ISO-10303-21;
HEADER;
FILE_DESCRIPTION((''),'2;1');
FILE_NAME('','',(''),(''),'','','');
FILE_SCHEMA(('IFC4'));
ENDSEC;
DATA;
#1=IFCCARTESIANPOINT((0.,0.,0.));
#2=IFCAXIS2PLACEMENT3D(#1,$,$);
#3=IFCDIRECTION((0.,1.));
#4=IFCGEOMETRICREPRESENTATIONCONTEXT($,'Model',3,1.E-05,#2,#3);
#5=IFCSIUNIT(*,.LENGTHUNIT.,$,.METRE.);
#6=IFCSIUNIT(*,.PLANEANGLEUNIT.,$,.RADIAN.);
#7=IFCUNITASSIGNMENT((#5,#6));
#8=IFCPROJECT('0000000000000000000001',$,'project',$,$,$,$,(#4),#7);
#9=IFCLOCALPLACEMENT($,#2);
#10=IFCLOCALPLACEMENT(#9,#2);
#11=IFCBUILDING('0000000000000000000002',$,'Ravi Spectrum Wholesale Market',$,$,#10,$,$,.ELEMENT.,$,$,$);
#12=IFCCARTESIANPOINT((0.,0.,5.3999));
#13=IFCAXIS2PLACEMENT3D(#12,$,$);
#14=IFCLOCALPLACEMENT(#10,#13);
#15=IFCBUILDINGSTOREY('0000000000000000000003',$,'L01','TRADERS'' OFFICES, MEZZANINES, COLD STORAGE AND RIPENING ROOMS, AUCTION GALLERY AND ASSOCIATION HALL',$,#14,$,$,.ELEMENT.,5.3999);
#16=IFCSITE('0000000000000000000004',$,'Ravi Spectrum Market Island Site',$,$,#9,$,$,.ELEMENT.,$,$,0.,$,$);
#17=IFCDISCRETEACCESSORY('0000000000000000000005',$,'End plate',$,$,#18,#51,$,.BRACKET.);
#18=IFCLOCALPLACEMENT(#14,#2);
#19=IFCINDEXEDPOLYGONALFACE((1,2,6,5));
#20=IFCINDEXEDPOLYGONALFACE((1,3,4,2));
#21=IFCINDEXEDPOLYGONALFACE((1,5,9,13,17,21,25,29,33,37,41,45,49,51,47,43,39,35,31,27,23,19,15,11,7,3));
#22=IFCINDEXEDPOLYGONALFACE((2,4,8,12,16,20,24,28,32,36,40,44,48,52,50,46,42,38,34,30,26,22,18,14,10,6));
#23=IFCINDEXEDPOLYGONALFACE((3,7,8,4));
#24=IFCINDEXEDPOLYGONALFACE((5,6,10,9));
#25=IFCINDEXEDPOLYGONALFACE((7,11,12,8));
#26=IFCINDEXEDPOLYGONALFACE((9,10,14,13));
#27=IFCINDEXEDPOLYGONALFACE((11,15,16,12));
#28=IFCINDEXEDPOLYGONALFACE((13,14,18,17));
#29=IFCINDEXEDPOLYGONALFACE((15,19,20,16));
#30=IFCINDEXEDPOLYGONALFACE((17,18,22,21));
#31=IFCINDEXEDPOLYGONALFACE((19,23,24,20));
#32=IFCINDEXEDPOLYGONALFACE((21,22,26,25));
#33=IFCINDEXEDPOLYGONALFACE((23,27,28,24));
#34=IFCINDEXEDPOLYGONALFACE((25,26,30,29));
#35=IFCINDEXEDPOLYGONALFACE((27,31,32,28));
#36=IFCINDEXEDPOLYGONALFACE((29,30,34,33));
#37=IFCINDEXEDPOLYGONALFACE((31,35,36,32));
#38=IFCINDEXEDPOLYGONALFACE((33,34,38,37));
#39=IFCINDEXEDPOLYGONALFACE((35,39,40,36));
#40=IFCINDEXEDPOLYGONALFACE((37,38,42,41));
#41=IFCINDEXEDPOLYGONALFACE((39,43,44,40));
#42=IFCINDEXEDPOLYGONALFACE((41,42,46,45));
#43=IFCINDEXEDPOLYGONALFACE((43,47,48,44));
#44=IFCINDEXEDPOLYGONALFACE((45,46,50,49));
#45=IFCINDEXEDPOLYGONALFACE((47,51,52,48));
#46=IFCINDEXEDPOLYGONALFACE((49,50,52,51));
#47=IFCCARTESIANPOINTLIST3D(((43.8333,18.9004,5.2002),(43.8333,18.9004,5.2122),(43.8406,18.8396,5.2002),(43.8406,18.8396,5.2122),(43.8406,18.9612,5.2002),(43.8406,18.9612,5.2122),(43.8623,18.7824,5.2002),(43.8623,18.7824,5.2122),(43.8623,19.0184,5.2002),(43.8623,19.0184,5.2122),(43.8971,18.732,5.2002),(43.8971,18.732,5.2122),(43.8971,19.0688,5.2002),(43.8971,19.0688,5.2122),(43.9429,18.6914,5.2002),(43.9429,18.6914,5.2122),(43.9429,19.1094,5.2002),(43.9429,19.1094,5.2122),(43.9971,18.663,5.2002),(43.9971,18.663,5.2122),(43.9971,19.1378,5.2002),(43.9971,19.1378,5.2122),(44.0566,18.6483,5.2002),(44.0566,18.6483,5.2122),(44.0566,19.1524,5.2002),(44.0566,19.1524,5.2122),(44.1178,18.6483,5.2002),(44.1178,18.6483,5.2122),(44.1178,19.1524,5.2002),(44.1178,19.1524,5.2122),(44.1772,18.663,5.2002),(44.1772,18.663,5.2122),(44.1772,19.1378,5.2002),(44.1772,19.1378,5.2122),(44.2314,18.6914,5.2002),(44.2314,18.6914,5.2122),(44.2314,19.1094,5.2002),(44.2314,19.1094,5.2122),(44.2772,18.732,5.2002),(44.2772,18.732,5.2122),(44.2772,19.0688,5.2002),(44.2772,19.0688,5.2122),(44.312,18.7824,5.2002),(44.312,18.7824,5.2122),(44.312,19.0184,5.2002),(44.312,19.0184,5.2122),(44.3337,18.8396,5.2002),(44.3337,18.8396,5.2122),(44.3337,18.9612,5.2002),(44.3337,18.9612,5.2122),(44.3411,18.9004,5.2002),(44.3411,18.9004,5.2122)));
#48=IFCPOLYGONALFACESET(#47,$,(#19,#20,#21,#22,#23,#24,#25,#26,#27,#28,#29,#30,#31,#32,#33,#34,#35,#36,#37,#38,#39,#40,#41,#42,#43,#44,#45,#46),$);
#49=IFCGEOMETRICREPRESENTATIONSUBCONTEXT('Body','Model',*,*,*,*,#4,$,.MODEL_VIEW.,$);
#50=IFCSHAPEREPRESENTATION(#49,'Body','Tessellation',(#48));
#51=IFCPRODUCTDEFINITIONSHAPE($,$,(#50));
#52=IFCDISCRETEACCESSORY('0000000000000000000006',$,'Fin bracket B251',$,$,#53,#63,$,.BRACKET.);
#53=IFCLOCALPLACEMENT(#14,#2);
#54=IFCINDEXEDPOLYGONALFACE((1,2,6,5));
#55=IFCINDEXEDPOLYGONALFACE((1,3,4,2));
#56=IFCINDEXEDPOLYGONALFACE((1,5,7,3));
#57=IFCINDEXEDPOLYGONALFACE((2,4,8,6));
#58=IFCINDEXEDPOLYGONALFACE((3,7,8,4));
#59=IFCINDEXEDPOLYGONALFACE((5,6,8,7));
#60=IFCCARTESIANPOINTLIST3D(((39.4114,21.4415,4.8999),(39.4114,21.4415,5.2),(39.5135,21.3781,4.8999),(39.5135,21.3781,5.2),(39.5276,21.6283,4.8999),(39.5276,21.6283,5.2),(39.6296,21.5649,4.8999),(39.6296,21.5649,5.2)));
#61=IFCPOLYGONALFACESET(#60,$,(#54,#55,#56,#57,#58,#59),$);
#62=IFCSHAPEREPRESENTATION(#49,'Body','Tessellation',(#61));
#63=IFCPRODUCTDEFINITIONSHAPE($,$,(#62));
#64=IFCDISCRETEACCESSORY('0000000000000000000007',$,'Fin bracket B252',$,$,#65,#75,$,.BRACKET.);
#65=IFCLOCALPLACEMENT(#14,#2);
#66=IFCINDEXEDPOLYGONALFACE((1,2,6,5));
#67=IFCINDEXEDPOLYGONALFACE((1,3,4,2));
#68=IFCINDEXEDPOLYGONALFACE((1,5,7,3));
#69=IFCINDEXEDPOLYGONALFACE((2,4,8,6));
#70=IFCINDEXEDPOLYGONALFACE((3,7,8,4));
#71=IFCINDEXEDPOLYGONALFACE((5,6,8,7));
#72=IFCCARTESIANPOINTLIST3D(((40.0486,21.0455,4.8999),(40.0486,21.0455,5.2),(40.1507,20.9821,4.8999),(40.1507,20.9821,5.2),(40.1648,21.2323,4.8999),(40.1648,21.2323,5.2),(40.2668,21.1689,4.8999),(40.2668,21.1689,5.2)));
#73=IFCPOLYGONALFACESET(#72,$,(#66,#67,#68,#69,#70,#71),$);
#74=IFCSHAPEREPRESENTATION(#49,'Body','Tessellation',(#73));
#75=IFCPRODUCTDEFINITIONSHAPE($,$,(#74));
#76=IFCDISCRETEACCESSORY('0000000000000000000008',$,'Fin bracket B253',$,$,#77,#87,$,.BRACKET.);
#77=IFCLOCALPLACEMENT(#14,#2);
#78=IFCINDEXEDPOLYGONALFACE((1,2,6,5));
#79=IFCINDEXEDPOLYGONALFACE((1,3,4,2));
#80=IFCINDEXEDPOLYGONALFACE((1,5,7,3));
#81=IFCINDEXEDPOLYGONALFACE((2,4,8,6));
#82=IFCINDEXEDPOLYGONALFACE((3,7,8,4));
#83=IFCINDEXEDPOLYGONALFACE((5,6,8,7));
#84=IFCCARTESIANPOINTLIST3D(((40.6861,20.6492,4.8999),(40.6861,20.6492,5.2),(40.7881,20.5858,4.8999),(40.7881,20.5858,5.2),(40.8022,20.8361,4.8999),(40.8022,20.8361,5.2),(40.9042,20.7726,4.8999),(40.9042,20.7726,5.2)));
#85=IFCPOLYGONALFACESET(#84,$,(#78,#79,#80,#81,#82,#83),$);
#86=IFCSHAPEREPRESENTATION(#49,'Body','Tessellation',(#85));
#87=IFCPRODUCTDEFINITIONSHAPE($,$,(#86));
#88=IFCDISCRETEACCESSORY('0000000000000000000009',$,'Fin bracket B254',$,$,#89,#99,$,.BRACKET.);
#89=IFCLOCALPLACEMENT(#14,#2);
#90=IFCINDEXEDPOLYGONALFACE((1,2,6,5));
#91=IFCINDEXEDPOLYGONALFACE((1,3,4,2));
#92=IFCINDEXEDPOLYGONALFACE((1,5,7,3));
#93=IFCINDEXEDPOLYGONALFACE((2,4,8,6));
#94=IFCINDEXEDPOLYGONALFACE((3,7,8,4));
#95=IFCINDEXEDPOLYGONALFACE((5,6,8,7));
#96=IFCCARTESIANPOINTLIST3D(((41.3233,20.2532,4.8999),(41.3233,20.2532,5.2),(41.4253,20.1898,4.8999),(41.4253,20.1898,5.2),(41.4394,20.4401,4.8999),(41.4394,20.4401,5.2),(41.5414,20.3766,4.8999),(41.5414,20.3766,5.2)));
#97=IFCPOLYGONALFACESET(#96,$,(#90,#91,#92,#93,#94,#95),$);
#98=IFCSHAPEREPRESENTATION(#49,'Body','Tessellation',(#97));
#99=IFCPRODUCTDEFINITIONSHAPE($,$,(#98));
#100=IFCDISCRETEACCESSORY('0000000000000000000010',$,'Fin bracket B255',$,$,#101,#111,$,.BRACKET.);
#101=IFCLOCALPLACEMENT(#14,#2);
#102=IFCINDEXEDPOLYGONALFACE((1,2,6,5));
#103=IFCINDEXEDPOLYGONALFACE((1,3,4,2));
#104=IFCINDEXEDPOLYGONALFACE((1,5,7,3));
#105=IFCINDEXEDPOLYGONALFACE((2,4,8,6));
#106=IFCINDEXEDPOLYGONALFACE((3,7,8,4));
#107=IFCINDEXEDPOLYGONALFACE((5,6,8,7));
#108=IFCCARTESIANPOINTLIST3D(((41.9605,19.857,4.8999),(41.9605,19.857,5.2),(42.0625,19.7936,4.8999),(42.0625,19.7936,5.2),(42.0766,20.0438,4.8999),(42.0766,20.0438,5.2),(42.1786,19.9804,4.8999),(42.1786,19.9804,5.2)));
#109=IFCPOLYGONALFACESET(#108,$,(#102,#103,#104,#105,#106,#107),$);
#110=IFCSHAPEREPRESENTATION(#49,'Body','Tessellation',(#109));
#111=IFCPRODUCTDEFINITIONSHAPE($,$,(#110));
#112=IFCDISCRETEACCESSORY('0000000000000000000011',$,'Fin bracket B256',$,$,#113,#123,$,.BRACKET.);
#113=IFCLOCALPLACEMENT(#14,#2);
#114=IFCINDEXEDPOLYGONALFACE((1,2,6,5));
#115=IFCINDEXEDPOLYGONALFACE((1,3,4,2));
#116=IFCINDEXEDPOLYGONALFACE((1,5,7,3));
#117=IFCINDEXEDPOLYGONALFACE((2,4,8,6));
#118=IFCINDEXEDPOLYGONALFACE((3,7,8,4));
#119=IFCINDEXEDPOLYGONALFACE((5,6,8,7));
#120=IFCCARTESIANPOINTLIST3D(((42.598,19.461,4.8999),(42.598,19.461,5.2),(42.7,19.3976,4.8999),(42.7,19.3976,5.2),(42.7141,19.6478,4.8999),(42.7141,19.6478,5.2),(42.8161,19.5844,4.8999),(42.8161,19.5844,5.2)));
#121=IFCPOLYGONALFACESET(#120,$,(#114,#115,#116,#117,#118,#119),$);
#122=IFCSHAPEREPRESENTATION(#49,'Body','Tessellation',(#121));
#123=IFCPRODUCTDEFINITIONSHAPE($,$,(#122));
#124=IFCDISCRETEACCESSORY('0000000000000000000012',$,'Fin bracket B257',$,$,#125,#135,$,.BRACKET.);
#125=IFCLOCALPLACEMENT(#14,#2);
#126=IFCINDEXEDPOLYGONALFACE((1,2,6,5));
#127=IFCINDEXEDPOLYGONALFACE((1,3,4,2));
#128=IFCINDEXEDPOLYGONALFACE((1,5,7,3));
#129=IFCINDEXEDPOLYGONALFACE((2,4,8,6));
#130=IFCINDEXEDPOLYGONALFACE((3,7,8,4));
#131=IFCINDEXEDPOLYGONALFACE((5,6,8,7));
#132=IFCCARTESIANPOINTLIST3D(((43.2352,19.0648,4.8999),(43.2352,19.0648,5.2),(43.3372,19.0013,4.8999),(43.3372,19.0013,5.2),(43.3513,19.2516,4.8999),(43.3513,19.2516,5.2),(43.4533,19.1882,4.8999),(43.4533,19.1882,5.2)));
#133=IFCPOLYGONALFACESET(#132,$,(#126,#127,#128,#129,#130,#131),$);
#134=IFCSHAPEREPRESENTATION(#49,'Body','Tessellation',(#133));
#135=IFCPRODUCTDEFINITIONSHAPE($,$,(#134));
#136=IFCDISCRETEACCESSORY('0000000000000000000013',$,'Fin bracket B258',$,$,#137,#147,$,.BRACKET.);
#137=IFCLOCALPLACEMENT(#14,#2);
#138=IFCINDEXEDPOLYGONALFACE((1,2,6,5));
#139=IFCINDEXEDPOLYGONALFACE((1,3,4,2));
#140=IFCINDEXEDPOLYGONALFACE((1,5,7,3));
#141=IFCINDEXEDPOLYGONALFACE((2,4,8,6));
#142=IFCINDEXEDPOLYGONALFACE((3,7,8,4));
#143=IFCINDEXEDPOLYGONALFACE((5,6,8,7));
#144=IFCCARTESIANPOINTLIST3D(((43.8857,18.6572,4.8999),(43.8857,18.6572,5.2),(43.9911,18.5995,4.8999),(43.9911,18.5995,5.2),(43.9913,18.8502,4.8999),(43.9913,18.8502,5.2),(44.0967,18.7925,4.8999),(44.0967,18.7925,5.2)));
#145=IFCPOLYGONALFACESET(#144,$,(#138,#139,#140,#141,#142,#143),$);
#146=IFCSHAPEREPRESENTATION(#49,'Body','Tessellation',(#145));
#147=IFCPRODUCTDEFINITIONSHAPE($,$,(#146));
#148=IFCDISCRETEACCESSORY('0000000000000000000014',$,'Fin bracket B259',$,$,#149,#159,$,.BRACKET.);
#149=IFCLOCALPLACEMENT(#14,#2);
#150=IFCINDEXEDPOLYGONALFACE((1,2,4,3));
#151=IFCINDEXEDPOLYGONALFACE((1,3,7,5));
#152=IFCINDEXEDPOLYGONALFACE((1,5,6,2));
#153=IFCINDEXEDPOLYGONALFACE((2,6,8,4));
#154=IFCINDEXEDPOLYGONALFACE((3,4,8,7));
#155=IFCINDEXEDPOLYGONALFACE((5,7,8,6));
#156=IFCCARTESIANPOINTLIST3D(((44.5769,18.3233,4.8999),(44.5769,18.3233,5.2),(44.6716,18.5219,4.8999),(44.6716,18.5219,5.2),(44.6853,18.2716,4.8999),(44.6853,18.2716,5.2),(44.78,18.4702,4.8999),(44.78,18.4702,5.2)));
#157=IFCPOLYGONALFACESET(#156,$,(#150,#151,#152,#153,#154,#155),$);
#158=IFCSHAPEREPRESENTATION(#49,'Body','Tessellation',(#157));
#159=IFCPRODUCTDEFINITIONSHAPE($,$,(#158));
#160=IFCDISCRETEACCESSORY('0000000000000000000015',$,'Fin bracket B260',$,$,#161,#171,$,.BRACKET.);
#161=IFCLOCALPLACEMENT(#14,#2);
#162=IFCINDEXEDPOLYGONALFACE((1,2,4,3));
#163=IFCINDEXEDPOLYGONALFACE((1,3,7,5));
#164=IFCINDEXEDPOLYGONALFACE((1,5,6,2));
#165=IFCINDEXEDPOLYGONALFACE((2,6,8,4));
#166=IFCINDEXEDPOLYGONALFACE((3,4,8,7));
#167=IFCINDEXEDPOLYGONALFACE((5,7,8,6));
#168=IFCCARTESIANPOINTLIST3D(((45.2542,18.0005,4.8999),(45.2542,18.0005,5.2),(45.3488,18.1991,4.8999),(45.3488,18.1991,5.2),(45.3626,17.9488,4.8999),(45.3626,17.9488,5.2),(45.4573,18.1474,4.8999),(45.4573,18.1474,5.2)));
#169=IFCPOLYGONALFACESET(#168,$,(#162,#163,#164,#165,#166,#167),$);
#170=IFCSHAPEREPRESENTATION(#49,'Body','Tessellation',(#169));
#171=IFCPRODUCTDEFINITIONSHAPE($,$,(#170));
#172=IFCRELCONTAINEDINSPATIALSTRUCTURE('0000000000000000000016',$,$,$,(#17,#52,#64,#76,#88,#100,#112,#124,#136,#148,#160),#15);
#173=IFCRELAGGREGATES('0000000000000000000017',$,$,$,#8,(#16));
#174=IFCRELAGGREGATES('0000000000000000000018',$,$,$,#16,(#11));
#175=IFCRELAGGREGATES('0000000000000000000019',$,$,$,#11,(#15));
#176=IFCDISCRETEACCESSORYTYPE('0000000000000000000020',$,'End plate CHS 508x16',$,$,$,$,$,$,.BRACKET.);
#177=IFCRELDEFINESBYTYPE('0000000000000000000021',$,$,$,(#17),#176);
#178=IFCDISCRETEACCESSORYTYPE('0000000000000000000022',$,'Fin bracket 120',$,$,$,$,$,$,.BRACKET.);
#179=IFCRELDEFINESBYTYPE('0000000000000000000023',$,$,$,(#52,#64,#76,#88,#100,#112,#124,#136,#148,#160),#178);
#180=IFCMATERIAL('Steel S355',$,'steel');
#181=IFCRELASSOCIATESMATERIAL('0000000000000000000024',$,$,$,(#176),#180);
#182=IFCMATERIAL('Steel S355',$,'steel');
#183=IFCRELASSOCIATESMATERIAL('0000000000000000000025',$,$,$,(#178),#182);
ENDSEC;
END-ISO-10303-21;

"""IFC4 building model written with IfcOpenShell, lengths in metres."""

from ifc_helpers import new_model, si_unit, direction, frame, origin, origin_2d, place, context, subcontext, project, spatial, rectangle, circle, extrude, material, material_profile, profile_set, type_object, element, save


model = new_model("IFC4")

# Units and contexts
model_context = context("Model", 3, precision=1e-05, world=origin(), true_north=direction((0.0, 1.0)))
body_context = subcontext(model_context, "Body", "Model", "MODEL_VIEW")
ifc_project = project(units=[si_unit("LENGTHUNIT", "METRE"), si_unit("PLANEANGLEUNIT", "RADIAN")], contexts=[model_context])

# Site, building, storey
site_placement = place(None, origin())
site = spatial("IfcSite", under=ifc_project, at=site_placement, Name="Ravi Spectrum Market Island Site", CompositionType="ELEMENT", RefElevation=0.0)
building_placement = place(site_placement, origin())
building = spatial("IfcBuilding", under=site, at=building_placement, Name="Ravi Spectrum Wholesale Market", CompositionType="ELEMENT")
storey_placement = place(building_placement, frame((0.0, 0.0, 5.3999)))
storey = spatial("IfcBuildingStorey", under=building, at=storey_placement, Name="L01", Description="TRADERS' OFFICES, MEZZANINES, COLD STORAGE AND RIPENING ROOMS, AUCTION GALLERY AND ASSOCIATION HALL", CompositionType="ELEMENT", Elevation=5.3999)

# Discrete accessories
ifc_material_1 = material(Name="Steel S355", Category="steel")
ifc_material_profile_1 = material_profile(ifc_material_1, circle(Radius=0.2539, at=origin_2d()))
ifc_profile_set_1 = profile_set([ifc_material_profile_1], Name="Steel S355")
discrete_accessory_type_1 = type_object("IfcDiscreteAccessoryType", Name="End plate CHS 508x16", PredefinedType="BRACKET", material=ifc_profile_set_1)
discrete_accessory_placement = place(storey_placement, frame((44.0872, 18.9004, 5.2002), z_axis=(0.0, 0.0, 1.0), x_axis=(1.0, 0.0, 0.0)))
element("IfcDiscreteAccessory", 1, at=discrete_accessory_placement, inside=storey, type_object=discrete_accessory_type_1, Name="End plate", PredefinedType="BRACKET", context=body_context, shape_type="SweptSolid", body=[
    extrude(circle(Radius=0.2539, at=origin_2d()), origin(), (0.0, 0.0, 1.0), 0.012),
])
ifc_material_2 = material(Name="Steel S355", Category="steel")
discrete_accessory_type_2 = type_object("IfcDiscreteAccessoryType", Name="Fin bracket 120", PredefinedType="BRACKET", material=ifc_material_2)
for number, where, z_axis, x_axis, name in (
    (2, (39.5205, 21.5032, 4.8999), (0.0, 0.0, 1.0), (0.849312, -0.527891, 0.0), "Fin bracket B251"),
    (3, (40.1577, 21.1072, 4.8999), (0.0, 0.0, 1.0), (0.849312, -0.527891, 0.0), "Fin bracket B252"),
    (4, (40.7952, 20.7109, 4.8999), (0.0, 0.0, 1.0), (0.849312, -0.527891, 0.0), "Fin bracket B253"),
    (5, (41.4324, 20.3149, 4.8999), (0.0, 0.0, 1.0), (0.849312, -0.527891, 0.0), "Fin bracket B254"),
    (6, (42.0696, 19.9187, 4.8999), (0.0, 0.0, 1.0), (0.849312, -0.527891, 0.0), "Fin bracket B255"),
    (7, (42.707, 19.5227, 4.8999), (0.0, 0.0, 1.0), (0.849312, -0.527891, 0.0), "Fin bracket B256"),
    (8, (43.3442, 19.1265, 4.8999), (0.0, 0.0, 1.0), (0.849312, -0.527891, 0.0), "Fin bracket B257"),
    (9, (43.9912, 18.7249, 4.8999), (0.0, 0.0, 1.0), (0.877341, -0.479867, 0.0), "Fin bracket B258"),
    (10, (44.6785, 18.3967, 4.8999), (0.0, 0.0, 1.0), (0.902657, -0.43036, 0.0), "Fin bracket B259"),
    (11, (45.3557, 18.074, 4.8999), (0.0, 0.0, 1.0), (0.902657, -0.43036, 0.0), "Fin bracket B260"),
):
    element("IfcDiscreteAccessory", number, at=place(storey_placement, frame(where, z_axis=z_axis, x_axis=x_axis)), inside=storey, type_object=discrete_accessory_type_2, Name=name, PredefinedType="BRACKET", context=body_context, shape_type="SweptSolid", body=[
        extrude(rectangle(XDim=0.1201, YDim=0.22, at=origin_2d()), origin(), (0.0, 0.0, 1.0), 0.3),
    ])

save(model, "model.ifc")
